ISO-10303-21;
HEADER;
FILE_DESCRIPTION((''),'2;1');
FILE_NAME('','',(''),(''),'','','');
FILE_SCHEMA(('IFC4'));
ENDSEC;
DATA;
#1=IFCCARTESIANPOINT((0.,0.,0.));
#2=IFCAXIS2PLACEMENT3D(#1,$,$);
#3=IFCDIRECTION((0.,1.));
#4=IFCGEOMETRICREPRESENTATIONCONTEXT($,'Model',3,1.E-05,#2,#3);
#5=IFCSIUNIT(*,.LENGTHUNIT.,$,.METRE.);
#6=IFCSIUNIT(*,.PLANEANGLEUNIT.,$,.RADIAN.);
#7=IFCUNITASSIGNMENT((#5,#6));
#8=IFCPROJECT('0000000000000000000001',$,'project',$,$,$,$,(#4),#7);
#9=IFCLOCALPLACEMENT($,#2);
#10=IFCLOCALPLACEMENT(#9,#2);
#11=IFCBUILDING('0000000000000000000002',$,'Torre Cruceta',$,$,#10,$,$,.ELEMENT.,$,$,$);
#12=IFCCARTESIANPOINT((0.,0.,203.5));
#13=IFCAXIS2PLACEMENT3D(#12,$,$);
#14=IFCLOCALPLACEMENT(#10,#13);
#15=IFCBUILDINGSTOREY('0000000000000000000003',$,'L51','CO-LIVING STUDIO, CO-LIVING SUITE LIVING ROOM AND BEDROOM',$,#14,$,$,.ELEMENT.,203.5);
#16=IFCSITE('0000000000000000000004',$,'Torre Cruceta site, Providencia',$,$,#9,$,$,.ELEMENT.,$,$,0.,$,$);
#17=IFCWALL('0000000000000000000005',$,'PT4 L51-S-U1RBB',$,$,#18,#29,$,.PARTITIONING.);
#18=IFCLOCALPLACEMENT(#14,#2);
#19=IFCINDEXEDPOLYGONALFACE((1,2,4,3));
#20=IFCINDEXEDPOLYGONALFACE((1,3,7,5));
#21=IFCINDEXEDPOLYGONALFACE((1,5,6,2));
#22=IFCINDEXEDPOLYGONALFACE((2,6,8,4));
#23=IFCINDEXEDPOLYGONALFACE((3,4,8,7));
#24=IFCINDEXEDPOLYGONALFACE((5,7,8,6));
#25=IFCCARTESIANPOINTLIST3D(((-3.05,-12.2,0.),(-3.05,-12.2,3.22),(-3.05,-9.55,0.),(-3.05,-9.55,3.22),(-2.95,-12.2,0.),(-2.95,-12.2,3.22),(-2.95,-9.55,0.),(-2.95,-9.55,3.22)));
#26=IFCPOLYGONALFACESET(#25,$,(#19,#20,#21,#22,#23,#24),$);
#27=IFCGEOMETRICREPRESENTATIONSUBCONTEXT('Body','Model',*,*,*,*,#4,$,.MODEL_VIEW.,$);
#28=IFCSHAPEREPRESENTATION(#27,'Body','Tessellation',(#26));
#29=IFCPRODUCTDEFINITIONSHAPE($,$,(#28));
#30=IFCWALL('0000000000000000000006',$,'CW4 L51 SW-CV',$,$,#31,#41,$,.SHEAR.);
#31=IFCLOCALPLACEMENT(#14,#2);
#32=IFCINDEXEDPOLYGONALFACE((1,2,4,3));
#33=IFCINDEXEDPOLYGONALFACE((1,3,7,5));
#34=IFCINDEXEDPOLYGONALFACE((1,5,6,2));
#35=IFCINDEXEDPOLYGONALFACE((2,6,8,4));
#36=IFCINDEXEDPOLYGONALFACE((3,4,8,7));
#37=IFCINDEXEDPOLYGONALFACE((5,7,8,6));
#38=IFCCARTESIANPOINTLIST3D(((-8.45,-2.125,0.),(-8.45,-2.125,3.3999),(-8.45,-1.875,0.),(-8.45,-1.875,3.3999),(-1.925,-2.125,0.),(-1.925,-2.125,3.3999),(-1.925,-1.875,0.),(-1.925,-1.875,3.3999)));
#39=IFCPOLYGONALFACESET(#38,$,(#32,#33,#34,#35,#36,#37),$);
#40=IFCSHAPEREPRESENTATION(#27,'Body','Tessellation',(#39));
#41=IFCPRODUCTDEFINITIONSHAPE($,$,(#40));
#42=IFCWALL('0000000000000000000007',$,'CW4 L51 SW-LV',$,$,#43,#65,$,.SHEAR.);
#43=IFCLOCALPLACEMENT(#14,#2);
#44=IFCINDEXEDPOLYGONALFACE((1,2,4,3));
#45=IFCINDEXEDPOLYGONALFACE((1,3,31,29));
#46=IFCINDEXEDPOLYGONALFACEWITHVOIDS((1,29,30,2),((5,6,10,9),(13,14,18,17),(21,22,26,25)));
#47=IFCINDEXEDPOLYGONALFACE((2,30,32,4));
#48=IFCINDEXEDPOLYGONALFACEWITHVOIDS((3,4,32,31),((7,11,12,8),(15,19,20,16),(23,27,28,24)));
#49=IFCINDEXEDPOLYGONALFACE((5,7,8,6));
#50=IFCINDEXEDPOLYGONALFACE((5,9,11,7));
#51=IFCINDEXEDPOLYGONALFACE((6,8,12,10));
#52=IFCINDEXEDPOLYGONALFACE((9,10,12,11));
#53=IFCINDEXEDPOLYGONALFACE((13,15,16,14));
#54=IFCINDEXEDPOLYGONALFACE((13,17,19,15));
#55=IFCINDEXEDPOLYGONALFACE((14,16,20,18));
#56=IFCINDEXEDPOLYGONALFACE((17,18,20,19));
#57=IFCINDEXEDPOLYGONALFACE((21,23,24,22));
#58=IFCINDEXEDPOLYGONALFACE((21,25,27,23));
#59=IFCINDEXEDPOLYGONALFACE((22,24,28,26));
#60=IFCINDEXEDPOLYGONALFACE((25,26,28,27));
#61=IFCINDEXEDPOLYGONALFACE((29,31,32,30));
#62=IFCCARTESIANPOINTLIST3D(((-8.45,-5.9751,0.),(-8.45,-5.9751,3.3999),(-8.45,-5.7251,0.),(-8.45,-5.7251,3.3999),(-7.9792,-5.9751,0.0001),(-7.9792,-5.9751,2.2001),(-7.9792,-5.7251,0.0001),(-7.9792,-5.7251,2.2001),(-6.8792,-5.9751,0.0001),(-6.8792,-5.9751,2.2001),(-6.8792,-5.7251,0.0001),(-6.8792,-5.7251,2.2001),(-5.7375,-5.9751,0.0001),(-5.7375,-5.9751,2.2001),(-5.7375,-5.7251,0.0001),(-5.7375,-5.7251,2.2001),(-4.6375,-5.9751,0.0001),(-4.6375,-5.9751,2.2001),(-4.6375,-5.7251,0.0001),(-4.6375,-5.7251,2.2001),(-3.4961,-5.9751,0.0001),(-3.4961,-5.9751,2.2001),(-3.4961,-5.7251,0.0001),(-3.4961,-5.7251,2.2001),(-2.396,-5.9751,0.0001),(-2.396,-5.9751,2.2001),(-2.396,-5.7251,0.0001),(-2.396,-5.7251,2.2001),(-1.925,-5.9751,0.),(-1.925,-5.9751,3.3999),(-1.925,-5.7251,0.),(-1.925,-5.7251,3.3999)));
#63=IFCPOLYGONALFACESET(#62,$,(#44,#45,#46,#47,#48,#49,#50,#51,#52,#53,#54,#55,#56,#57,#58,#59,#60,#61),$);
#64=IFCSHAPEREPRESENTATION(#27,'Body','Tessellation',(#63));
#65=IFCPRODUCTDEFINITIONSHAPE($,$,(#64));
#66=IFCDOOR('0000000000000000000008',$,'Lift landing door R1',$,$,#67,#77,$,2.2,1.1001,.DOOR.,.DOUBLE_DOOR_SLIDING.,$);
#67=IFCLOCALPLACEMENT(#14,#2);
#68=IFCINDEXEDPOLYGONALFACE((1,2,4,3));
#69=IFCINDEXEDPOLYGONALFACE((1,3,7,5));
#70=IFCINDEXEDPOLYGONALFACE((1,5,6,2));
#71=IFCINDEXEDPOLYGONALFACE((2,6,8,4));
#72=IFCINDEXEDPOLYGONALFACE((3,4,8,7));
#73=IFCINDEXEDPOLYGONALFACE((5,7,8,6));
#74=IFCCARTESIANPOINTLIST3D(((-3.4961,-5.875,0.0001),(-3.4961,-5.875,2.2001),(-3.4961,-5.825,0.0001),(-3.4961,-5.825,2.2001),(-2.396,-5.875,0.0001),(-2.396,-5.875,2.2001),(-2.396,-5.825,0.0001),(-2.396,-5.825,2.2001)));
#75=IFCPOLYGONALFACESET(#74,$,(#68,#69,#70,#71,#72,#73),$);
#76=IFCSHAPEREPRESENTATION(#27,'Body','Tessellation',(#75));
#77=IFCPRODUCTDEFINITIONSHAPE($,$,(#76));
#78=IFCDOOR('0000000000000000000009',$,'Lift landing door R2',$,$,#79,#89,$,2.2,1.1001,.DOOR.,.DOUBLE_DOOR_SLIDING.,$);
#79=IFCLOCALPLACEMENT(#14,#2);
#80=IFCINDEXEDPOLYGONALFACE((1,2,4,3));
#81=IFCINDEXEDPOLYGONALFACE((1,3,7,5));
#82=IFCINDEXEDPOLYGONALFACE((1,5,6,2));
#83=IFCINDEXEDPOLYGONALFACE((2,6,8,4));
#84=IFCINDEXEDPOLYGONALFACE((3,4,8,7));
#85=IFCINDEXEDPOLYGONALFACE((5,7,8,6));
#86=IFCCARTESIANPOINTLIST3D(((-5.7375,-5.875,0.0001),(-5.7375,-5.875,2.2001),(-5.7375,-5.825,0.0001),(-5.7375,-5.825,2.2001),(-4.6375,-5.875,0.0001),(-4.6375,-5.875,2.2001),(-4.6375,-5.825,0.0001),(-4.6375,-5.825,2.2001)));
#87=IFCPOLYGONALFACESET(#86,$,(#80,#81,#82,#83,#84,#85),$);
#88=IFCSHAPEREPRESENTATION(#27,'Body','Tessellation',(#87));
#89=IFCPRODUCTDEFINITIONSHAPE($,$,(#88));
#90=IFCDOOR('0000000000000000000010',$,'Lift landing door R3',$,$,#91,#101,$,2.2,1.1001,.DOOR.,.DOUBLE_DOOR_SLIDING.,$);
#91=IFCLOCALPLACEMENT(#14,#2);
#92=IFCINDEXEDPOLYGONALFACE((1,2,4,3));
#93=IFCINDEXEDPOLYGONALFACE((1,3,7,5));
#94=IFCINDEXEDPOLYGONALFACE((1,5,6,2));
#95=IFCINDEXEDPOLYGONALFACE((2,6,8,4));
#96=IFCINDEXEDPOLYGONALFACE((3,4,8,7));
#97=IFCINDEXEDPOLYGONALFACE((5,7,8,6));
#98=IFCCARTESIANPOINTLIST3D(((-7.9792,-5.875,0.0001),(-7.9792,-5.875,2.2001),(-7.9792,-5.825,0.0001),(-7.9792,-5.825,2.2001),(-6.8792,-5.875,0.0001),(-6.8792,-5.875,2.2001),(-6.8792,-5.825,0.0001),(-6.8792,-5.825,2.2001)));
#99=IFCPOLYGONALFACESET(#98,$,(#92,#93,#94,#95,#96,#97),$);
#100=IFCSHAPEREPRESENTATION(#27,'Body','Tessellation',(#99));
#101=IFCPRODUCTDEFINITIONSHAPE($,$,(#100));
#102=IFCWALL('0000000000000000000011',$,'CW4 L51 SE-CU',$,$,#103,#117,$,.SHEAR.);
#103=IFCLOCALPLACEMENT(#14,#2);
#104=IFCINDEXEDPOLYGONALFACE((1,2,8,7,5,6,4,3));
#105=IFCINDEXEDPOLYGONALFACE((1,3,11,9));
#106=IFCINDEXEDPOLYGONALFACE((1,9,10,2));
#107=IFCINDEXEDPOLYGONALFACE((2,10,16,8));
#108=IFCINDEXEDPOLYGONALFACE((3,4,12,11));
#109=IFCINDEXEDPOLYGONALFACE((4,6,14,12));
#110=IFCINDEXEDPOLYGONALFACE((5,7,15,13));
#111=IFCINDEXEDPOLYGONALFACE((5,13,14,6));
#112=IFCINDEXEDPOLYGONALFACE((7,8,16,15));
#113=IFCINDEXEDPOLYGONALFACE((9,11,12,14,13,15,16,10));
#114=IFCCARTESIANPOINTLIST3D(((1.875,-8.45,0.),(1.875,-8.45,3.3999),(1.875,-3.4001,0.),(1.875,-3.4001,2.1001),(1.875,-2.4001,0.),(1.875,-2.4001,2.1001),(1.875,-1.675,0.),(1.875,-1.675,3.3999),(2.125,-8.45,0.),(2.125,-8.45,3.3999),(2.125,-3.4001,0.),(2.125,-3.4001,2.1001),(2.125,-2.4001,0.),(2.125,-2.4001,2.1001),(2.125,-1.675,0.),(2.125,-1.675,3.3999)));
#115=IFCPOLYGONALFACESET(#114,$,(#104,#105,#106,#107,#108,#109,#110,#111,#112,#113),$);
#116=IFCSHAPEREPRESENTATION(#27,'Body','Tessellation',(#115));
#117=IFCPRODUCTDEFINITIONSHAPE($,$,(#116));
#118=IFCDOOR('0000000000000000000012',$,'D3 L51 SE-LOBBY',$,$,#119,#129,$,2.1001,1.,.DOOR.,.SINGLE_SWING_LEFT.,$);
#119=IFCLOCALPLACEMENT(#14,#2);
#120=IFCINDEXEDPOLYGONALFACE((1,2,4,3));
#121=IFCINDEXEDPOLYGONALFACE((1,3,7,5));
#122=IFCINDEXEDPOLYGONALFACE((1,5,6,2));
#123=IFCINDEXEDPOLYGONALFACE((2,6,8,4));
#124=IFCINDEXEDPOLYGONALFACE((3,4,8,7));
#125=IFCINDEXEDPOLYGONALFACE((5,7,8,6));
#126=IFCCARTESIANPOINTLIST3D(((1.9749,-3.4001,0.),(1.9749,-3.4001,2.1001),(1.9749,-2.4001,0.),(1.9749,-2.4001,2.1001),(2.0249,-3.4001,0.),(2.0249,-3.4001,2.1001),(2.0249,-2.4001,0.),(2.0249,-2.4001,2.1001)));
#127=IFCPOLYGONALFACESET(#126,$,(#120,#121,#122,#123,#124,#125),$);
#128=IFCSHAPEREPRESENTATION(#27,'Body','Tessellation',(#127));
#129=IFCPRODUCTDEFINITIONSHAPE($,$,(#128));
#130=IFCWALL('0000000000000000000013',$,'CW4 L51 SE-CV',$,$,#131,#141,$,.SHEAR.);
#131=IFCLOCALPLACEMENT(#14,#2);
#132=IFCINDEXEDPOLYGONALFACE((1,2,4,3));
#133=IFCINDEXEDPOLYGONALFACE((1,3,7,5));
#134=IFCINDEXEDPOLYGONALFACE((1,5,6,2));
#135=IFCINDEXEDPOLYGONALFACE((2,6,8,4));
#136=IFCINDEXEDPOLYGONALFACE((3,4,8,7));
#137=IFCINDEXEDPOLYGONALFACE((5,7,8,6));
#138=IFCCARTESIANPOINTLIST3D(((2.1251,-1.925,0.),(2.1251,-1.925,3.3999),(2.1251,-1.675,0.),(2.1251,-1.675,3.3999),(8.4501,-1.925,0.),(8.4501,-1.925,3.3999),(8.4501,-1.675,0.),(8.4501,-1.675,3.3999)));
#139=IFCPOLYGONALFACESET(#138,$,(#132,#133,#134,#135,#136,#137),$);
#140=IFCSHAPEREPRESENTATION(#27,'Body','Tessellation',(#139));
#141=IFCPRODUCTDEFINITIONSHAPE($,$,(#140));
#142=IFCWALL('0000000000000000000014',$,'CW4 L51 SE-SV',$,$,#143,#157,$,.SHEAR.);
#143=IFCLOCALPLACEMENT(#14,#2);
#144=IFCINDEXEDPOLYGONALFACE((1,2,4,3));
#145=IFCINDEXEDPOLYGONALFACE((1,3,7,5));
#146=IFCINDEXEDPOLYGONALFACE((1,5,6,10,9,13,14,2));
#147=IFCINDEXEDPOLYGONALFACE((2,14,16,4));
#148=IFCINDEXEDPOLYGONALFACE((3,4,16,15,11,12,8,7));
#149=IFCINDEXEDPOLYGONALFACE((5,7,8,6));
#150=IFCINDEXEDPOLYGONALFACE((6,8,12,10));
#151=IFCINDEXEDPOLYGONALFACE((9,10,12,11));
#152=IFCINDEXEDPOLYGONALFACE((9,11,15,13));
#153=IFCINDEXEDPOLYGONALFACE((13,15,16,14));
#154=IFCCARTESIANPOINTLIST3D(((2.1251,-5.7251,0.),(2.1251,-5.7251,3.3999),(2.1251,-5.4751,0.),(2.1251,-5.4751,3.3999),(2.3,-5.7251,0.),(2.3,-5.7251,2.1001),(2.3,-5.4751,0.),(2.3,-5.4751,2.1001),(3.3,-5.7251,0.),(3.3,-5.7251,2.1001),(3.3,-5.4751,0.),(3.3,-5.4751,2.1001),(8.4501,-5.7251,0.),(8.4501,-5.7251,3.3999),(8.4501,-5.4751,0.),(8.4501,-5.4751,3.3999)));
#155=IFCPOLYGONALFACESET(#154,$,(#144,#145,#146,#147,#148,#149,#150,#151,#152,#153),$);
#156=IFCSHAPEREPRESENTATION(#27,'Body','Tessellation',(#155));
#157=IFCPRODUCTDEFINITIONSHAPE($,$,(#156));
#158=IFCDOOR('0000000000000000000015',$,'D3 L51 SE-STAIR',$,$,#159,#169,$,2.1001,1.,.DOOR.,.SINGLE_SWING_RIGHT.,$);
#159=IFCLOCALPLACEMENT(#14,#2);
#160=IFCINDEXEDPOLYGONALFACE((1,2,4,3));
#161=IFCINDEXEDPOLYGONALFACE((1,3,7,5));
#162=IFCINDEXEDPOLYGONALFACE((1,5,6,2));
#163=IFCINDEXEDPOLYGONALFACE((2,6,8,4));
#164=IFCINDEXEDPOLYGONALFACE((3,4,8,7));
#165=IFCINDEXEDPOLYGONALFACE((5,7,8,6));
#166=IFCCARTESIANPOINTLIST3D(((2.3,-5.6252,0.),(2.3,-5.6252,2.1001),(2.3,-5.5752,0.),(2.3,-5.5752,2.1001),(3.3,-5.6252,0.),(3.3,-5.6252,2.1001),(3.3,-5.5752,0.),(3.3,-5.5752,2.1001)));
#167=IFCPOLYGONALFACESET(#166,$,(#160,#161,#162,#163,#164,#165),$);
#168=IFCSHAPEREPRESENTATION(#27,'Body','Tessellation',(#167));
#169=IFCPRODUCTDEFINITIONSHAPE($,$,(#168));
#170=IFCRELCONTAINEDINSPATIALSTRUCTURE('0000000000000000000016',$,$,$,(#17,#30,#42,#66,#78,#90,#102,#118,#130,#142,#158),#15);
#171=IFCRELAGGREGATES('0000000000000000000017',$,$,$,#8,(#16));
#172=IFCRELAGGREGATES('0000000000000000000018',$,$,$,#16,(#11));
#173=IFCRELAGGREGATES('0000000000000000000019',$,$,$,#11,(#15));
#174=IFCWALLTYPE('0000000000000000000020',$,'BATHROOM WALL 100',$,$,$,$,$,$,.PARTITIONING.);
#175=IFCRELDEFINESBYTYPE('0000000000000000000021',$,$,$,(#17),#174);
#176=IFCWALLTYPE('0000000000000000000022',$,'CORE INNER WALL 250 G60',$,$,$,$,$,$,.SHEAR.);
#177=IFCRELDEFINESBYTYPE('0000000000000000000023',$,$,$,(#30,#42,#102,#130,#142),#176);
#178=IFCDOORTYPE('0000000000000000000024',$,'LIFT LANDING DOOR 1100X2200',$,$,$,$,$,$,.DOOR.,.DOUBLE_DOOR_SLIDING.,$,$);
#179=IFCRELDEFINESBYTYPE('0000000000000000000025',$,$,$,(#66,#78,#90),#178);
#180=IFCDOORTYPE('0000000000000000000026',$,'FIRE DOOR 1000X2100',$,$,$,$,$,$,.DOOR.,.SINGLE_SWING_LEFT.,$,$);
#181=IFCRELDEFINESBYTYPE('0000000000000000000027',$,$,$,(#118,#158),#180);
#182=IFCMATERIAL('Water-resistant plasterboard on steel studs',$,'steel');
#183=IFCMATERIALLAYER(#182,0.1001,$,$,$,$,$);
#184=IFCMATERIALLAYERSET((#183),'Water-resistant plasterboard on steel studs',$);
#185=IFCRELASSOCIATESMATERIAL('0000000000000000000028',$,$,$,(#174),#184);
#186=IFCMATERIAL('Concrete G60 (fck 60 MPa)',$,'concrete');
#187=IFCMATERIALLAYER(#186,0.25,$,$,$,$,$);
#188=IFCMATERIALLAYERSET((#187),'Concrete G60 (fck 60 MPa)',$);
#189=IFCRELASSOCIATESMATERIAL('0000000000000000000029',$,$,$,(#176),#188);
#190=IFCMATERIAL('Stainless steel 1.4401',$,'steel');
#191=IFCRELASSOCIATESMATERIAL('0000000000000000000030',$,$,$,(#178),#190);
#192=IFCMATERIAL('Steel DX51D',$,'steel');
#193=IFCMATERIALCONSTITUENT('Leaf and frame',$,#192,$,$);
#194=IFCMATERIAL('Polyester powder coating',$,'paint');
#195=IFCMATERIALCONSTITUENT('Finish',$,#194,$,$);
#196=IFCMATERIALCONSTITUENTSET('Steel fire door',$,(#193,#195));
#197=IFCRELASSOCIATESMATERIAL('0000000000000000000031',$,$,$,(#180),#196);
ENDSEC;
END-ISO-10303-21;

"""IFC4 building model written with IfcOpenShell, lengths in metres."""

from ifc_helpers import new_model, si_unit, direction, frame, frame_2d, origin, place, context, subcontext, project, spatial, rectangle, extrude, material, layer, layer_set, constituent, constituent_set, type_object, element, fill, save


model = new_model("IFC4")

# Units and contexts
model_context = context("Model", 3, precision=1e-05, world=origin(), true_north=direction((0.0, 1.0)))
body_context = subcontext(model_context, "Body", "Model", "MODEL_VIEW")
ifc_project = project(units=[si_unit("LENGTHUNIT", "METRE"), si_unit("PLANEANGLEUNIT", "RADIAN")], contexts=[model_context])

# Site, building, storey
site_placement = place(None, origin())
site = spatial("IfcSite", under=ifc_project, at=site_placement, Name="Torre Cruceta site, Providencia", CompositionType="ELEMENT", RefElevation=0.0)
building_placement = place(site_placement, origin())
building = spatial("IfcBuilding", under=site, at=building_placement, Name="Torre Cruceta", CompositionType="ELEMENT")
storey_placement = place(building_placement, frame((0.0, 0.0, 203.5)))
storey = spatial("IfcBuildingStorey", under=building, at=storey_placement, Name="L51", Description="CO-LIVING STUDIO, CO-LIVING SUITE LIVING ROOM AND BEDROOM", CompositionType="ELEMENT", Elevation=203.5)

# Wall
ifc_material_1 = material(Name="Water-resistant plasterboard on steel studs", Category="steel")
ifc_layer_1 = layer(ifc_material_1, 0.1001)
ifc_layer_set_1 = layer_set([ifc_layer_1], Name="Water-resistant plasterboard on steel studs")
wall_type_1 = type_object("IfcWallType", Name="BATHROOM WALL 100", PredefinedType="PARTITIONING", material=ifc_layer_set_1)
wall_1_placement = place(storey_placement, frame((-3.0, -9.55, 0.0), z_axis=(0.0, 0.0, 1.0), x_axis=(0.0, -1.0, 0.0)))
element("IfcWall", 1, at=wall_1_placement, inside=storey, type_object=wall_type_1, Name="PT4 L51-S-U1RBB", PredefinedType="PARTITIONING", context=body_context, shape_type="SweptSolid", body=[
    extrude(rectangle(XDim=2.6499, YDim=0.1001, at=frame_2d((1.325, 0.0))), origin(), (0.0, 0.0, 1.0), 3.22),
])

# Shared definitions
ifc_material_2 = material(Name="Concrete G60 (fck 60 MPa)", Category="concrete")
ifc_layer_2 = layer(ifc_material_2, 0.25)
ifc_layer_set_2 = layer_set([ifc_layer_2], Name="Concrete G60 (fck 60 MPa)")
wall_type_2 = type_object("IfcWallType", Name="CORE INNER WALL 250 G60", PredefinedType="SHEAR", material=ifc_layer_set_2)

# Wall
wall_2_placement = place(storey_placement, frame((-1.925, -2.0, 0.0), z_axis=(0.0, 0.0, 1.0), x_axis=(-1.0, 0.0, 0.0)))
element("IfcWall", 2, at=wall_2_placement, inside=storey, type_object=wall_type_2, Name="CW4 L51 SW-CV", PredefinedType="SHEAR", context=body_context, shape_type="SweptSolid", body=[
    extrude(rectangle(XDim=6.5249, YDim=0.25, at=frame_2d((3.2625, 0.0))), origin(), (0.0, 0.0, 1.0), 3.3999),
])

# Wall, openings, doors
wall_3_placement = place(storey_placement, frame((-1.925, -5.8501, 0.0), z_axis=(0.0, 0.0, 1.0), x_axis=(-1.0, 0.0, 0.0)))
wall_3 = element("IfcWall", 3, at=wall_3_placement, inside=storey, type_object=wall_type_2, Name="CW4 L51 SW-LV", PredefinedType="SHEAR", context=body_context, shape_type="SweptSolid", body=[
    extrude(rectangle(XDim=6.5249, YDim=0.25, at=frame_2d((3.2625, 0.0))), origin(), (0.0, 0.0, 1.0), 3.3999),
])
opening_1_placement = place(wall_3_placement, frame((0.4709, 0.0, 0.0)))
opening_1 = element("IfcOpeningElement", 4, at=opening_1_placement, cuts=wall_3, PredefinedType="OPENING", context=body_context, shape_type="SweptSolid", body=[
    extrude(rectangle(XDim=1.1001, YDim=2.2, at=frame_2d((0.55, 1.1001))), frame((0.0, 0.135, 0.0), z_axis=(0.0, -1.0, 0.0), x_axis=(1.0, 0.0, 0.0)), (0.0, 0.0, 1.0), 0.27),
])
opening_2_placement = place(wall_3_placement, frame((2.7124, 0.0, 0.0)))
opening_2 = element("IfcOpeningElement", 5, at=opening_2_placement, cuts=wall_3, PredefinedType="OPENING", context=body_context, shape_type="SweptSolid", body=[
    extrude(rectangle(XDim=1.1001, YDim=2.2, at=frame_2d((0.55, 1.1001))), frame((0.0, 0.135, 0.0), z_axis=(0.0, -1.0, 0.0), x_axis=(1.0, 0.0, 0.0)), (0.0, 0.0, 1.0), 0.27),
])
opening_3_placement = place(wall_3_placement, frame((4.9541, 0.0, 0.0)))
opening_3 = element("IfcOpeningElement", 6, at=opening_3_placement, cuts=wall_3, PredefinedType="OPENING", context=body_context, shape_type="SweptSolid", body=[
    extrude(rectangle(XDim=1.1001, YDim=2.2, at=frame_2d((0.55, 1.1001))), frame((0.0, 0.135, 0.0), z_axis=(0.0, -1.0, 0.0), x_axis=(1.0, 0.0, 0.0)), (0.0, 0.0, 1.0), 0.27),
])
ifc_material_3 = material(Name="Stainless steel 1.4401", Category="steel")
door_type_1 = type_object("IfcDoorType", Name="LIFT LANDING DOOR 1100X2200", OperationType="DOUBLE_DOOR_SLIDING", PredefinedType="DOOR", material=ifc_material_3)
door_1_placement = place(opening_1_placement, origin())
door_1 = element("IfcDoor", 7, at=door_1_placement, inside=storey, type_object=door_type_1, Name="Lift landing door R1", OperationType="DOUBLE_DOOR_SLIDING", OverallHeight=2.2, OverallWidth=1.1001, PredefinedType="DOOR", context=body_context, shape_type="SweptSolid", body=[
    extrude(rectangle(XDim=1.1001, YDim=2.2, at=frame_2d((0.55, 1.1001))), frame((0.0, 0.0249, 0.0), z_axis=(0.0, -1.0, 0.0), x_axis=(1.0, 0.0, 0.0)), (0.0, 0.0, 1.0), 0.05),
])
fill(opening_1, door_1)
door_2_placement = place(opening_2_placement, origin())
door_2 = element("IfcDoor", 8, at=door_2_placement, inside=storey, type_object=door_type_1, Name="Lift landing door R2", OperationType="DOUBLE_DOOR_SLIDING", OverallHeight=2.2, OverallWidth=1.1001, PredefinedType="DOOR", context=body_context, shape_type="SweptSolid", body=[
    extrude(rectangle(XDim=1.1001, YDim=2.2, at=frame_2d((0.55, 1.1001))), frame((0.0, 0.0249, 0.0), z_axis=(0.0, -1.0, 0.0), x_axis=(1.0, 0.0, 0.0)), (0.0, 0.0, 1.0), 0.05),
])
fill(opening_2, door_2)
door_3_placement = place(opening_3_placement, origin())
door_3 = element("IfcDoor", 9, at=door_3_placement, inside=storey, type_object=door_type_1, Name="Lift landing door R3", OperationType="DOUBLE_DOOR_SLIDING", OverallHeight=2.2, OverallWidth=1.1001, PredefinedType="DOOR", context=body_context, shape_type="SweptSolid", body=[
    extrude(rectangle(XDim=1.1001, YDim=2.2, at=frame_2d((0.55, 1.1001))), frame((0.0, 0.0249, 0.0), z_axis=(0.0, -1.0, 0.0), x_axis=(1.0, 0.0, 0.0)), (0.0, 0.0, 1.0), 0.05),
])
fill(opening_3, door_3)

# Wall, opening, door
wall_4_placement = place(storey_placement, frame((2.0, -1.675, 0.0), z_axis=(0.0, 0.0, 1.0), x_axis=(0.0, -1.0, 0.0)))
wall_4 = element("IfcWall", 10, at=wall_4_placement, inside=storey, type_object=wall_type_2, Name="CW4 L51 SE-CU", PredefinedType="SHEAR", context=body_context, shape_type="SweptSolid", body=[
    extrude(rectangle(XDim=6.7749, YDim=0.25, at=frame_2d((3.3875, 0.0))), origin(), (0.0, 0.0, 1.0), 3.3999),
])
opening_4_placement = place(wall_4_placement, frame((0.7251, 0.0, 0.0)))
opening_4 = element("IfcOpeningElement", 11, at=opening_4_placement, cuts=wall_4, PredefinedType="OPENING", context=body_context, shape_type="SweptSolid", body=[
    extrude(rectangle(XDim=1.0, YDim=2.1001, at=frame_2d((0.5, 1.05))), frame((0.0, 0.135, 0.0), z_axis=(0.0, -1.0, 0.0), x_axis=(1.0, 0.0, 0.0)), (0.0, 0.0, 1.0), 0.27),
])
ifc_material_4 = material(Name="Steel DX51D", Category="steel")
ifc_constituent_1 = constituent(ifc_material_4, Name="Leaf and frame")
ifc_material_5 = material(Name="Polyester powder coating", Category="paint")
ifc_constituent_2 = constituent(ifc_material_5, Name="Finish")
ifc_constituent_set_1 = constituent_set(constituents=[ifc_constituent_1, ifc_constituent_2], Name="Steel fire door")
door_type_2 = type_object("IfcDoorType", Name="FIRE DOOR 1000X2100", OperationType="SINGLE_SWING_LEFT", PredefinedType="DOOR", material=ifc_constituent_set_1)
door_4_placement = place(opening_4_placement, origin())
door_4 = element("IfcDoor", 12, at=door_4_placement, inside=storey, type_object=door_type_2, Name="D3 L51 SE-LOBBY", OperationType="SINGLE_SWING_LEFT", OverallHeight=2.1001, OverallWidth=1.0, PredefinedType="DOOR", context=body_context, shape_type="SweptSolid", body=[
    extrude(rectangle(XDim=1.0, YDim=2.1001, at=frame_2d((0.5, 1.05))), frame((0.0, 0.0249, 0.0), z_axis=(0.0, -1.0, 0.0), x_axis=(1.0, 0.0, 0.0)), (0.0, 0.0, 1.0), 0.05),
])
fill(opening_4, door_4)

# Wall
wall_5_placement = place(storey_placement, frame((2.125, -1.8, 0.0), z_axis=(0.0, 0.0, 1.0), x_axis=(1.0, 0.0, 0.0)))
element("IfcWall", 13, at=wall_5_placement, inside=storey, type_object=wall_type_2, Name="CW4 L51 SE-CV", PredefinedType="SHEAR", context=body_context, shape_type="SweptSolid", body=[
    extrude(rectangle(XDim=6.325, YDim=0.25, at=frame_2d((3.1626, 0.0))), origin(), (0.0, 0.0, 1.0), 3.3999),
])

# Wall, opening, door
wall_6_placement = place(storey_placement, frame((2.125, -5.6001, 0.0), z_axis=(0.0, 0.0, 1.0), x_axis=(1.0, 0.0, 0.0)))
wall_6 = element("IfcWall", 14, at=wall_6_placement, inside=storey, type_object=wall_type_2, Name="CW4 L51 SE-SV", PredefinedType="SHEAR", context=body_context, shape_type="SweptSolid", body=[
    extrude(rectangle(XDim=6.325, YDim=0.25, at=frame_2d((3.1626, 0.0))), origin(), (0.0, 0.0, 1.0), 3.3999),
])
opening_5_placement = place(wall_6_placement, frame((0.175, 0.0, 0.0)))
opening_5 = element("IfcOpeningElement", 15, at=opening_5_placement, cuts=wall_6, PredefinedType="OPENING", context=body_context, shape_type="SweptSolid", body=[
    extrude(rectangle(XDim=1.0, YDim=2.1001, at=frame_2d((0.5, 1.05))), frame((0.0, 0.135, 0.0), z_axis=(0.0, -1.0, 0.0), x_axis=(1.0, 0.0, 0.0)), (0.0, 0.0, 1.0), 0.27),
])
door_5_placement = place(opening_5_placement, frame((1.0, 0.0, 0.0), z_axis=(0.0, 0.0, 1.0), x_axis=(-1.0, 0.0, 0.0)))
door_5 = element("IfcDoor", 16, at=door_5_placement, inside=storey, type_object=door_type_2, Name="D3 L51 SE-STAIR", OperationType="SINGLE_SWING_RIGHT", OverallHeight=2.1001, OverallWidth=1.0, PredefinedType="DOOR", context=body_context, shape_type="SweptSolid", body=[
    extrude(rectangle(XDim=1.0, YDim=2.1001, at=frame_2d((0.5, 1.05))), frame((0.0, 0.0251, 0.0), z_axis=(0.0, -1.0, 0.0), x_axis=(1.0, 0.0, 0.0)), (0.0, 0.0, 1.0), 0.05),
])
fill(opening_5, door_5)

save(model, "model.ifc")
